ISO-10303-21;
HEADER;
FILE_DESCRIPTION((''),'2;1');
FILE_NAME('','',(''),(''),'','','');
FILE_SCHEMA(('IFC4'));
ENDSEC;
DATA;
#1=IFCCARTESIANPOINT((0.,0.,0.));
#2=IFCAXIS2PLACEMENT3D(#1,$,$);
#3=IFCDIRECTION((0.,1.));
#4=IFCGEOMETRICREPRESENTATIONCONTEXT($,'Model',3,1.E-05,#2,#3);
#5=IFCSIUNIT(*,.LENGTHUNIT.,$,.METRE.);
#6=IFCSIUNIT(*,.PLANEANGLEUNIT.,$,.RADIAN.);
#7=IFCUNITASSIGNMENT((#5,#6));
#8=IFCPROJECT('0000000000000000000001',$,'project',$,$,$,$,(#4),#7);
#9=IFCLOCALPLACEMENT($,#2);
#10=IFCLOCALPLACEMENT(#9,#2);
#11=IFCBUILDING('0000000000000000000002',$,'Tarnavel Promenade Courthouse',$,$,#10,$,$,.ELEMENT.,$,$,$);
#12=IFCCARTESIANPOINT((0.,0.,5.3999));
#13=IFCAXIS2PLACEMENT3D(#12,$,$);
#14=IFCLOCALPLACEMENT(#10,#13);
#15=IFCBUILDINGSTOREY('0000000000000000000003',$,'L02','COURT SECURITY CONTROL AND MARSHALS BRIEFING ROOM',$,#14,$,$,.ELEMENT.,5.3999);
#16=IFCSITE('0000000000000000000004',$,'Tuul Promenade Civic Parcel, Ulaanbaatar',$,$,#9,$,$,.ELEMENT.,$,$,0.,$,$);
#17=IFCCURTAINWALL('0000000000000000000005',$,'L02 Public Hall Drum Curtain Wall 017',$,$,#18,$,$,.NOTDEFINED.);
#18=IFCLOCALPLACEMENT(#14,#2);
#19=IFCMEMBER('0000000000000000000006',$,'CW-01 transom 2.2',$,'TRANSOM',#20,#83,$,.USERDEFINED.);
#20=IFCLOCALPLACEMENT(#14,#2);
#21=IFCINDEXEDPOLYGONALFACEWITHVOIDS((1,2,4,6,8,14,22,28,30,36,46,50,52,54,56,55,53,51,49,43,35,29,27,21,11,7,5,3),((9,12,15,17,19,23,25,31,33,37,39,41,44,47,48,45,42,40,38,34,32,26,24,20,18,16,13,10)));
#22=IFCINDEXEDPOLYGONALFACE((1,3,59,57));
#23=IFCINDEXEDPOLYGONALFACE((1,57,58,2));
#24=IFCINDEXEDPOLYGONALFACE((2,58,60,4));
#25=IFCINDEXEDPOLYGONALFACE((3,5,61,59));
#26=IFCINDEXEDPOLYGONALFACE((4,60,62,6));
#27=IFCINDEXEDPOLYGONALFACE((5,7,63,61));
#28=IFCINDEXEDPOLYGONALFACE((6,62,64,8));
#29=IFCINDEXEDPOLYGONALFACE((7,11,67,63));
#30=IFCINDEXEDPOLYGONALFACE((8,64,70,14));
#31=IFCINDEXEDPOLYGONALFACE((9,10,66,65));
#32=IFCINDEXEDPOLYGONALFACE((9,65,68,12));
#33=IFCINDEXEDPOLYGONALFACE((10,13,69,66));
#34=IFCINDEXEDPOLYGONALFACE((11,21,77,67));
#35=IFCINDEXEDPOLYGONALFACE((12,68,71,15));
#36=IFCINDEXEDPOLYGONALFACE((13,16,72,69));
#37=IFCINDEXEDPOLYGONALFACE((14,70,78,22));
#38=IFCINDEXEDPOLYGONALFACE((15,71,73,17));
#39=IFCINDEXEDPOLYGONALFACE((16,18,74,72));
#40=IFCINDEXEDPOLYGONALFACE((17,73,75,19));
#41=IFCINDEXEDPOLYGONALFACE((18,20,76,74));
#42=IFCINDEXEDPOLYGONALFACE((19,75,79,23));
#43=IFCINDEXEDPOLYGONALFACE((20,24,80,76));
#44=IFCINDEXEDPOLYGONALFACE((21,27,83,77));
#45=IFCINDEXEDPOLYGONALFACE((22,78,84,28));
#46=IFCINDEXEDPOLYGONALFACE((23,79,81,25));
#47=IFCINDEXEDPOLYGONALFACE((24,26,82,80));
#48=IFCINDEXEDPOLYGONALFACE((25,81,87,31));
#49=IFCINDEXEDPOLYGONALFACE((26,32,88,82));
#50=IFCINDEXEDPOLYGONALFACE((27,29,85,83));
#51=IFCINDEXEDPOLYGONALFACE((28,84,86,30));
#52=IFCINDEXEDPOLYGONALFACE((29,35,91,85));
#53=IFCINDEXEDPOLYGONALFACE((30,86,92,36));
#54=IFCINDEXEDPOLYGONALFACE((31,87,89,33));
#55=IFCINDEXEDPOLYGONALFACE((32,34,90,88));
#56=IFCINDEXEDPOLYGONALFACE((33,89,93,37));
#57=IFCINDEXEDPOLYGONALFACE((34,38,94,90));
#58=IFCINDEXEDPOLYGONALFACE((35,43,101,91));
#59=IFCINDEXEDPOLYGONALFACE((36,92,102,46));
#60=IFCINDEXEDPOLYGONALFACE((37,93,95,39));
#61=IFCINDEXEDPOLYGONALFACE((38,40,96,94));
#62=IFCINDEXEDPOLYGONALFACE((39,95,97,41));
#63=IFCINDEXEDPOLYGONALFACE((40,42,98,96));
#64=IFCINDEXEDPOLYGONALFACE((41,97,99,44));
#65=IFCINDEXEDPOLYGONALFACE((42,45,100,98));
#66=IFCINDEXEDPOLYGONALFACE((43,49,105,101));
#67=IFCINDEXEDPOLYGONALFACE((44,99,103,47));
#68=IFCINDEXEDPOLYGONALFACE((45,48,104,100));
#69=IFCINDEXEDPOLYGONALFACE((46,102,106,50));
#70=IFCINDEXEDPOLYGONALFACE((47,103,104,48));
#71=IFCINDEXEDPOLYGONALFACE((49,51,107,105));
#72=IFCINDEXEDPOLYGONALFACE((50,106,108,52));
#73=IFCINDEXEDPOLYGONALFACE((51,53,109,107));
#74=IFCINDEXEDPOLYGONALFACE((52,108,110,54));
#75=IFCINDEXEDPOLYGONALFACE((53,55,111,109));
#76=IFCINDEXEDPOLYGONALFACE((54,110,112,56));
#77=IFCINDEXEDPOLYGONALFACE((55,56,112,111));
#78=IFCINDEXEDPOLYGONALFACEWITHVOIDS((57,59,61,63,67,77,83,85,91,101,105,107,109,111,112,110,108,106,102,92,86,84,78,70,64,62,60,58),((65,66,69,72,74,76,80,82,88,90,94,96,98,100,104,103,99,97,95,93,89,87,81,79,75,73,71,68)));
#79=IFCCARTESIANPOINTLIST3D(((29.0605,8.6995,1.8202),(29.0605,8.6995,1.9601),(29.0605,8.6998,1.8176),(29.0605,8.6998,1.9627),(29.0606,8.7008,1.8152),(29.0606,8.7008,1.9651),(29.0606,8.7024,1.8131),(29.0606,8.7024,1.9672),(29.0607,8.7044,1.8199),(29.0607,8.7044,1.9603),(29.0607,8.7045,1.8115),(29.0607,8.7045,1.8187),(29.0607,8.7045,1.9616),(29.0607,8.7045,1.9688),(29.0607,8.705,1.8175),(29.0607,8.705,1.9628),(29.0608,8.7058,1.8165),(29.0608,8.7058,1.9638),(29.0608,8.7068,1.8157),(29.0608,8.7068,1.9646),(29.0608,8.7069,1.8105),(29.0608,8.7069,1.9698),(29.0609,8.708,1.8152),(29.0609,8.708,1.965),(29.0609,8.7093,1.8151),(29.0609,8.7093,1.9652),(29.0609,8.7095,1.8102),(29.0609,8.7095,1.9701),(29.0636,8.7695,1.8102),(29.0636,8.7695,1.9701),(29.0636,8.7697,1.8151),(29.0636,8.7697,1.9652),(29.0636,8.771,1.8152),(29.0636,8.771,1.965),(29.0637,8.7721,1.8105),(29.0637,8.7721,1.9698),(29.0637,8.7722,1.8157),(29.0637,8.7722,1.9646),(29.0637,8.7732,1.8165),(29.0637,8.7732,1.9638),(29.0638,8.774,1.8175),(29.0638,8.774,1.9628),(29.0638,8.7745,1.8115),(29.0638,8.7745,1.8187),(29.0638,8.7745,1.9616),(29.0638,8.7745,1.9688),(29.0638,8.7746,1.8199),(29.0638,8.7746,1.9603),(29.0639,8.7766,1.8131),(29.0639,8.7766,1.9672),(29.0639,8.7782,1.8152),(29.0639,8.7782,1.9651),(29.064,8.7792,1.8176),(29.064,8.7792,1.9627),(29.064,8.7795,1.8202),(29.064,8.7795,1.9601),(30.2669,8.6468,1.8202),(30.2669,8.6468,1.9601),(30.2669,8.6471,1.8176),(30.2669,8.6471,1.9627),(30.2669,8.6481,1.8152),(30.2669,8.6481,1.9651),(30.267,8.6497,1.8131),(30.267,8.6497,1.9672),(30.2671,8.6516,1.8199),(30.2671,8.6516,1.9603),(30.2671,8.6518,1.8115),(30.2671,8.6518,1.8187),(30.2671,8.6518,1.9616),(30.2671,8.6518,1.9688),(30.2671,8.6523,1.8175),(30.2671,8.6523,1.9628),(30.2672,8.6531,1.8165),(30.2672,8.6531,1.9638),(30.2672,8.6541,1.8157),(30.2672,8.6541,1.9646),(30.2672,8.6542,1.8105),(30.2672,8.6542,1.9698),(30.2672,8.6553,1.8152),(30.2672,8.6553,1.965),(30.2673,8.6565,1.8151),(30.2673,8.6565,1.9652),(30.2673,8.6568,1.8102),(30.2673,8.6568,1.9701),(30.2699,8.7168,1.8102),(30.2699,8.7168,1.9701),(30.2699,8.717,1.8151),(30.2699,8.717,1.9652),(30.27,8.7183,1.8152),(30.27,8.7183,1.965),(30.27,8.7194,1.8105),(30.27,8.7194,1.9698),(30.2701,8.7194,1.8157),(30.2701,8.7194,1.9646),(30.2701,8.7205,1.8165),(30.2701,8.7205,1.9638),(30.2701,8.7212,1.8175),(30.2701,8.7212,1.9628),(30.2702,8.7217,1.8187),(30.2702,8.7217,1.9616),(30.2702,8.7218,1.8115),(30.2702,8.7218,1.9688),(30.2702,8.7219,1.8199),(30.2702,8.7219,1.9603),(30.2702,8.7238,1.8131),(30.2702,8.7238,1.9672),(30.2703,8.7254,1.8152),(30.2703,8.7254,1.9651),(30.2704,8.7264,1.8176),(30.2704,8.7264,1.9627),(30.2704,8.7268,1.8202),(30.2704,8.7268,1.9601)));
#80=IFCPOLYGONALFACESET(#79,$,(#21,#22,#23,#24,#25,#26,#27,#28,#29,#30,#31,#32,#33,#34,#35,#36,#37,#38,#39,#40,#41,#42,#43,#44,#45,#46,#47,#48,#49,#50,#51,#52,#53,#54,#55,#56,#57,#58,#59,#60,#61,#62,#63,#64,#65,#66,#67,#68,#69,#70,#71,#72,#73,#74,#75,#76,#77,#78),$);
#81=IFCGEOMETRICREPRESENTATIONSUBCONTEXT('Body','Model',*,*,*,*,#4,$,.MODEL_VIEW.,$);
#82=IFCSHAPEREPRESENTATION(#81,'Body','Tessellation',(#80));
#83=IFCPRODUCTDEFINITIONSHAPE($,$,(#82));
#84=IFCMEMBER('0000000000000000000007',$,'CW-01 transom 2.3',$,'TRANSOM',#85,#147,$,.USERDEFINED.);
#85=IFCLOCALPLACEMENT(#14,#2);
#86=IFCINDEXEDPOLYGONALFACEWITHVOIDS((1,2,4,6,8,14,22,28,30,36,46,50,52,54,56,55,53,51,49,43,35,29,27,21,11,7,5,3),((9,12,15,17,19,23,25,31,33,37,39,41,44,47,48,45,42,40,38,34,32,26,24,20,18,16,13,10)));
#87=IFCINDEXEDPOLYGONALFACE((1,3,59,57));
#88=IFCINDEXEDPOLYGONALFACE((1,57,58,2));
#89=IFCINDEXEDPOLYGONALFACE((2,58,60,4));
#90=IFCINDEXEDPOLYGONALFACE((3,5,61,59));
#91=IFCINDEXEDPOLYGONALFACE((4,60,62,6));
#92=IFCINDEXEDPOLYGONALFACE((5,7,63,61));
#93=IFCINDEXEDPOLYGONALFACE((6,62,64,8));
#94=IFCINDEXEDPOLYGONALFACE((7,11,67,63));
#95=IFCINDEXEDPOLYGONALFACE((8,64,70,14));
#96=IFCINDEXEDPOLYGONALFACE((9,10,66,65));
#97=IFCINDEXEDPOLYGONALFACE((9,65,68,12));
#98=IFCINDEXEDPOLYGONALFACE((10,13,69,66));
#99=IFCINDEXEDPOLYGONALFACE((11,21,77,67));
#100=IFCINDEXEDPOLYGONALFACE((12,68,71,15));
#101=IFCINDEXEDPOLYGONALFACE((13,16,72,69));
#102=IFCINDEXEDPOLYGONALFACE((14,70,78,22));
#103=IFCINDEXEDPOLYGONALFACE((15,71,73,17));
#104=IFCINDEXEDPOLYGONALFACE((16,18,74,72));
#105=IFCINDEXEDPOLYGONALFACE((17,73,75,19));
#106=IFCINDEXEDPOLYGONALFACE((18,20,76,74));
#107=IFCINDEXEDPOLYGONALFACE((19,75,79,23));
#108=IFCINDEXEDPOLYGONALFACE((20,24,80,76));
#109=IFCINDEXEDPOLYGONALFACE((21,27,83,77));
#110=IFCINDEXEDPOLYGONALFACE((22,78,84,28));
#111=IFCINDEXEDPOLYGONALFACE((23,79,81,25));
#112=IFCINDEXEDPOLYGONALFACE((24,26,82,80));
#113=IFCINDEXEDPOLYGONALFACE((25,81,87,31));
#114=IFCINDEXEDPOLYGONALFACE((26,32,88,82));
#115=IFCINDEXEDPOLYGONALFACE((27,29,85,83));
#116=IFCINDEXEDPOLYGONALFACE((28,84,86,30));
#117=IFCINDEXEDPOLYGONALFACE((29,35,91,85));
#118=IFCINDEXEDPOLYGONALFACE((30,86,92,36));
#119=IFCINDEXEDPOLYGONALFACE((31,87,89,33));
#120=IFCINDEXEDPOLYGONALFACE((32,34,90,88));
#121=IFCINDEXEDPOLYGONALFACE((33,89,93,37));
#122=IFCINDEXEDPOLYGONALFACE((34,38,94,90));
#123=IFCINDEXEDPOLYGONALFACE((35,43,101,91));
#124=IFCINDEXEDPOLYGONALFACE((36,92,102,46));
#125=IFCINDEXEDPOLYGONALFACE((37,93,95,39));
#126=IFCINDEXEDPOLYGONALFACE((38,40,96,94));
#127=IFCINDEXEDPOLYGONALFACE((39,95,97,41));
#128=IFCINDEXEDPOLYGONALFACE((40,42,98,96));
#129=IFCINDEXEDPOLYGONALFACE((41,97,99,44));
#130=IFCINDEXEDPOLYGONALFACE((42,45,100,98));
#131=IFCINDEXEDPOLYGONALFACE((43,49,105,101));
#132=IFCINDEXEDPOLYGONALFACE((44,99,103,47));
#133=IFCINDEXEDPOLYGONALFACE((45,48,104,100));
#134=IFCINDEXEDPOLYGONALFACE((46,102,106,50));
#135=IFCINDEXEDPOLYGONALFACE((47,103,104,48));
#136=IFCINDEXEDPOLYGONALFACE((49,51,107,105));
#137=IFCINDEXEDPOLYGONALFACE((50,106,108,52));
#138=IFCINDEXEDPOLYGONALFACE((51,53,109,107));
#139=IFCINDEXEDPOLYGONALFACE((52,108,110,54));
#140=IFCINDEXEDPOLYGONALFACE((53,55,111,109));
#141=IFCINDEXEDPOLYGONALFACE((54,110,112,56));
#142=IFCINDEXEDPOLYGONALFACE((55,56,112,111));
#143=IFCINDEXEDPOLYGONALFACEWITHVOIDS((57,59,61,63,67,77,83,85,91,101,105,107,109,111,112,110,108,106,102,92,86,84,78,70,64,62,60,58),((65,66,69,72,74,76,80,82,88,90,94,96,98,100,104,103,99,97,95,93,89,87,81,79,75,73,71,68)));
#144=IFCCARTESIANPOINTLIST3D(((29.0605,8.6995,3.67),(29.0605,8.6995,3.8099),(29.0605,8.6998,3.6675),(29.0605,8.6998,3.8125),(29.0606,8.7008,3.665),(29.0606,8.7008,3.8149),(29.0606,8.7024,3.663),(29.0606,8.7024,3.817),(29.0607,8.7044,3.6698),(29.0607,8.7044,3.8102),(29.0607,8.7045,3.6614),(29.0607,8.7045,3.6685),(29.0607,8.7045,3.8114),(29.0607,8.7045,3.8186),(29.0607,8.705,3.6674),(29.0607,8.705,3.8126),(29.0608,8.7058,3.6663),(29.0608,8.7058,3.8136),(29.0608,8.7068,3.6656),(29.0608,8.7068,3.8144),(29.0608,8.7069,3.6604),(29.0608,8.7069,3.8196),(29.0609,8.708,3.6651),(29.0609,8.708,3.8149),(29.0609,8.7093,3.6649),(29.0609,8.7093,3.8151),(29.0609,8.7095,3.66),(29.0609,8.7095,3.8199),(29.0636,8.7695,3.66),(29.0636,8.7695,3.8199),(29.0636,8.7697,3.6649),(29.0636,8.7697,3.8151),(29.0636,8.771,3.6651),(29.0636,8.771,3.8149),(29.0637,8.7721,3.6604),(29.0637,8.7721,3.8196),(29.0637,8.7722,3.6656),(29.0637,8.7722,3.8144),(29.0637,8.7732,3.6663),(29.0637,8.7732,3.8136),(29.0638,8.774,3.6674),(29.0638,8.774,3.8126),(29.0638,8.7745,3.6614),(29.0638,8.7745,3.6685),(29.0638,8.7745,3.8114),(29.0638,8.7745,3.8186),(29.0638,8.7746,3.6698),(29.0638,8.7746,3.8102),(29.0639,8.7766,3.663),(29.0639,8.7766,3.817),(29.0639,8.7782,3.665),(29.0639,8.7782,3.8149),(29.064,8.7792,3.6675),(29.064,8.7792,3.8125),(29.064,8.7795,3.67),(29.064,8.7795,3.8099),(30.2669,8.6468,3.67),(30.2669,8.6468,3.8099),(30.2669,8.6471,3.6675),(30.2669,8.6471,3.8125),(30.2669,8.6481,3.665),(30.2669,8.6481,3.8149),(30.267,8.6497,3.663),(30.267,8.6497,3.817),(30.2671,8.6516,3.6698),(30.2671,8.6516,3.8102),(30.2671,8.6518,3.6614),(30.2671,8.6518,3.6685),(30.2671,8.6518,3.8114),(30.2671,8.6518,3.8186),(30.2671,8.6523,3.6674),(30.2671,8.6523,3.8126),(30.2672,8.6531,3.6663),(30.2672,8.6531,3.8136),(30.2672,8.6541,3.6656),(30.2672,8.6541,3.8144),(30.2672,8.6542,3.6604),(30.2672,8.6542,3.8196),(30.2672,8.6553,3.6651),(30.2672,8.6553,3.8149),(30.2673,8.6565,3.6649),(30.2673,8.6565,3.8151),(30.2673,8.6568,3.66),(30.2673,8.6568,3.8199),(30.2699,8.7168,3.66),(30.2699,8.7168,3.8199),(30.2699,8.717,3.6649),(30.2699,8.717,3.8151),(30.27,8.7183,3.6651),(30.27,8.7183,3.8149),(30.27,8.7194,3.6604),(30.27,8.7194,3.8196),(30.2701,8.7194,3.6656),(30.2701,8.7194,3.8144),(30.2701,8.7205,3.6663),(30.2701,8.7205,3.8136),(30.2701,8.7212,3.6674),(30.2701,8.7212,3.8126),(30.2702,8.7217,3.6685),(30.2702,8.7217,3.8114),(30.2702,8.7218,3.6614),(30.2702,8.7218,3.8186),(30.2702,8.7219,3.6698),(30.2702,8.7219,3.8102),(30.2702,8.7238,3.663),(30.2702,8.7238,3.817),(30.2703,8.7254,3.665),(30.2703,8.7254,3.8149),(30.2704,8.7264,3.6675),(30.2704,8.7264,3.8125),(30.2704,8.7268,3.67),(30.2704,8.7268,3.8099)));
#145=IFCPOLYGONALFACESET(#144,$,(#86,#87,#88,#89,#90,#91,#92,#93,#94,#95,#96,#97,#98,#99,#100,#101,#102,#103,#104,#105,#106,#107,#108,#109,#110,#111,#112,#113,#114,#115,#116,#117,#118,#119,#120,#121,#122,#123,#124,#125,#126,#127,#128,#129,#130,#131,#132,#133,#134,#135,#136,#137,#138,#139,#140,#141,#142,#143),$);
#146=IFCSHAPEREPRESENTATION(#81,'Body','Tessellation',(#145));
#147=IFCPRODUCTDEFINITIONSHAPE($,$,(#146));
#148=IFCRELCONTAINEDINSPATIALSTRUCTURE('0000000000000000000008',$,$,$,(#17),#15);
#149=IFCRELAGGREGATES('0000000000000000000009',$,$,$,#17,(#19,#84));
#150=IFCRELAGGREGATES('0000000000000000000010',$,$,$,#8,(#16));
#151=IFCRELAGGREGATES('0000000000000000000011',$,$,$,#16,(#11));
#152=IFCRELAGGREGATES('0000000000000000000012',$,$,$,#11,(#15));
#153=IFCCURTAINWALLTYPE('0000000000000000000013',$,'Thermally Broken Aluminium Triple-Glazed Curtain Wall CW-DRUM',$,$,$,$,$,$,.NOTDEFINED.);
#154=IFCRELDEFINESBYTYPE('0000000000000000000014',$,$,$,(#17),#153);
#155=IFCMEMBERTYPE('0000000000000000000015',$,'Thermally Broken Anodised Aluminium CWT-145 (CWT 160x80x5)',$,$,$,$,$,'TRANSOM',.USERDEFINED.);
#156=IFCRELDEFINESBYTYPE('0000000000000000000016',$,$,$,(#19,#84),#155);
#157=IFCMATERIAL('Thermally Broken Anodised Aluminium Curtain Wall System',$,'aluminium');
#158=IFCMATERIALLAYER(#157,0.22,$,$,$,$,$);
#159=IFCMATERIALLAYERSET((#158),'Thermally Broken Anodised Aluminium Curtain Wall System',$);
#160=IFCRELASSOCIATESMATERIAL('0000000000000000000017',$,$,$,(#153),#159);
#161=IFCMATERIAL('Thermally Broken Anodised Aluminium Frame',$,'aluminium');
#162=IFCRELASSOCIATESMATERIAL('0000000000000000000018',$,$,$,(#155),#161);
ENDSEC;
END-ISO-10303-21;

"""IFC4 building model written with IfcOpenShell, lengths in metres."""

from ifc_helpers import new_model, si_unit, direction, frame, origin, origin_2d, place, context, subcontext, project, spatial, hollow_rectangle, extrude, material, layer, layer_set, material_profile, profile_set, type_object, element, aggregate, save


model = new_model("IFC4")

# Units and contexts
model_context = context("Model", 3, precision=1e-05, world=origin(), true_north=direction((0.0, 1.0)))
body_context = subcontext(model_context, "Body", "Model", "MODEL_VIEW")
ifc_project = project(units=[si_unit("LENGTHUNIT", "METRE"), si_unit("PLANEANGLEUNIT", "RADIAN")], contexts=[model_context])

# Site, building, storey
site_placement = place(None, origin())
site = spatial("IfcSite", under=ifc_project, at=site_placement, Name="Tuul Promenade Civic Parcel, Ulaanbaatar", CompositionType="ELEMENT", RefElevation=0.0)
building_placement = place(site_placement, origin())
building = spatial("IfcBuilding", under=site, at=building_placement, Name="Tarnavel Promenade Courthouse", CompositionType="ELEMENT")
storey_placement = place(building_placement, frame((0.0, 0.0, 5.3999)))
storey = spatial("IfcBuildingStorey", under=building, at=storey_placement, Name="L02", Description="COURT SECURITY CONTROL AND MARSHALS BRIEFING ROOM", CompositionType="ELEMENT", Elevation=5.3999)

# Shared definitions
ifc_material_1 = material(Name="Thermally Broken Anodised Aluminium Curtain Wall System", Category="aluminium")
ifc_layer_1 = layer(ifc_material_1, 0.22)
ifc_layer_set_1 = layer_set([ifc_layer_1], Name="Thermally Broken Anodised Aluminium Curtain Wall System")
curtain_wall_type = type_object("IfcCurtainWallType", Name="Thermally Broken Aluminium Triple-Glazed Curtain Wall CW-DRUM", PredefinedType="NOTDEFINED", material=ifc_layer_set_1)
ifc_material_2 = material(Name="Thermally Broken Anodised Aluminium Frame", Category="aluminium")

# Curtain wall
curtain_wall_1_placement = place(storey_placement, origin())
curtain_wall_1 = element("IfcCurtainWall", 1, at=curtain_wall_1_placement, inside=storey, type_object=curtain_wall_type, Name="L02 Public Hall Drum Curtain Wall 017", PredefinedType="NOTDEFINED")

# Members
ifc_material_profile_1 = material_profile(ifc_material_2, hollow_rectangle(XDim=0.0801, YDim=0.1599, WallThickness=0.0049, InnerFilletRadius=0.0049, OuterFilletRadius=0.01, at=origin_2d()), Name="CWT 160x80x5")
ifc_profile_set_1 = profile_set([ifc_material_profile_1], Name="Thermally Broken Anodised Aluminium Frame")
member_type_1 = type_object("IfcMemberType", Name="Thermally Broken Anodised Aluminium CWT-145 (CWT 160x80x5)", ElementType="TRANSOM", PredefinedType="USERDEFINED", material=ifc_profile_set_1)
member_1_placement = place(storey_placement, frame((29.0623, 8.7395, 1.8901), z_axis=(0.999046, -0.043674, 0.0), x_axis=(0.043674, 0.999046, 0.0)))
member_1 = element("IfcMember", 2, at=member_1_placement, type_object=member_type_1, Name="CW-01 transom 2.2", ObjectType="TRANSOM", PredefinedType="USERDEFINED", context=body_context, shape_type="SweptSolid", body=[
    extrude(hollow_rectangle(XDim=0.0801, YDim=0.1599, WallThickness=0.0049, InnerFilletRadius=0.0049, OuterFilletRadius=0.01, at=origin_2d()), origin(), (0.0, 0.0, 1.0), 1.2075),
])
member_2_placement = place(storey_placement, frame((29.0623, 8.7395, 3.74), z_axis=(0.999046, -0.043674, 0.0), x_axis=(0.043674, 0.999046, 0.0)))
member_2 = element("IfcMember", 3, at=member_2_placement, type_object=member_type_1, Name="CW-01 transom 2.3", ObjectType="TRANSOM", PredefinedType="USERDEFINED", context=body_context, shape_type="SweptSolid", body=[
    extrude(hollow_rectangle(XDim=0.0801, YDim=0.1599, WallThickness=0.0049, InnerFilletRadius=0.0049, OuterFilletRadius=0.01, at=origin_2d()), origin(), (0.0, 0.0, 1.0), 1.2075),
])

aggregate(curtain_wall_1, [member_1, member_2])

save(model, "model.ifc")
